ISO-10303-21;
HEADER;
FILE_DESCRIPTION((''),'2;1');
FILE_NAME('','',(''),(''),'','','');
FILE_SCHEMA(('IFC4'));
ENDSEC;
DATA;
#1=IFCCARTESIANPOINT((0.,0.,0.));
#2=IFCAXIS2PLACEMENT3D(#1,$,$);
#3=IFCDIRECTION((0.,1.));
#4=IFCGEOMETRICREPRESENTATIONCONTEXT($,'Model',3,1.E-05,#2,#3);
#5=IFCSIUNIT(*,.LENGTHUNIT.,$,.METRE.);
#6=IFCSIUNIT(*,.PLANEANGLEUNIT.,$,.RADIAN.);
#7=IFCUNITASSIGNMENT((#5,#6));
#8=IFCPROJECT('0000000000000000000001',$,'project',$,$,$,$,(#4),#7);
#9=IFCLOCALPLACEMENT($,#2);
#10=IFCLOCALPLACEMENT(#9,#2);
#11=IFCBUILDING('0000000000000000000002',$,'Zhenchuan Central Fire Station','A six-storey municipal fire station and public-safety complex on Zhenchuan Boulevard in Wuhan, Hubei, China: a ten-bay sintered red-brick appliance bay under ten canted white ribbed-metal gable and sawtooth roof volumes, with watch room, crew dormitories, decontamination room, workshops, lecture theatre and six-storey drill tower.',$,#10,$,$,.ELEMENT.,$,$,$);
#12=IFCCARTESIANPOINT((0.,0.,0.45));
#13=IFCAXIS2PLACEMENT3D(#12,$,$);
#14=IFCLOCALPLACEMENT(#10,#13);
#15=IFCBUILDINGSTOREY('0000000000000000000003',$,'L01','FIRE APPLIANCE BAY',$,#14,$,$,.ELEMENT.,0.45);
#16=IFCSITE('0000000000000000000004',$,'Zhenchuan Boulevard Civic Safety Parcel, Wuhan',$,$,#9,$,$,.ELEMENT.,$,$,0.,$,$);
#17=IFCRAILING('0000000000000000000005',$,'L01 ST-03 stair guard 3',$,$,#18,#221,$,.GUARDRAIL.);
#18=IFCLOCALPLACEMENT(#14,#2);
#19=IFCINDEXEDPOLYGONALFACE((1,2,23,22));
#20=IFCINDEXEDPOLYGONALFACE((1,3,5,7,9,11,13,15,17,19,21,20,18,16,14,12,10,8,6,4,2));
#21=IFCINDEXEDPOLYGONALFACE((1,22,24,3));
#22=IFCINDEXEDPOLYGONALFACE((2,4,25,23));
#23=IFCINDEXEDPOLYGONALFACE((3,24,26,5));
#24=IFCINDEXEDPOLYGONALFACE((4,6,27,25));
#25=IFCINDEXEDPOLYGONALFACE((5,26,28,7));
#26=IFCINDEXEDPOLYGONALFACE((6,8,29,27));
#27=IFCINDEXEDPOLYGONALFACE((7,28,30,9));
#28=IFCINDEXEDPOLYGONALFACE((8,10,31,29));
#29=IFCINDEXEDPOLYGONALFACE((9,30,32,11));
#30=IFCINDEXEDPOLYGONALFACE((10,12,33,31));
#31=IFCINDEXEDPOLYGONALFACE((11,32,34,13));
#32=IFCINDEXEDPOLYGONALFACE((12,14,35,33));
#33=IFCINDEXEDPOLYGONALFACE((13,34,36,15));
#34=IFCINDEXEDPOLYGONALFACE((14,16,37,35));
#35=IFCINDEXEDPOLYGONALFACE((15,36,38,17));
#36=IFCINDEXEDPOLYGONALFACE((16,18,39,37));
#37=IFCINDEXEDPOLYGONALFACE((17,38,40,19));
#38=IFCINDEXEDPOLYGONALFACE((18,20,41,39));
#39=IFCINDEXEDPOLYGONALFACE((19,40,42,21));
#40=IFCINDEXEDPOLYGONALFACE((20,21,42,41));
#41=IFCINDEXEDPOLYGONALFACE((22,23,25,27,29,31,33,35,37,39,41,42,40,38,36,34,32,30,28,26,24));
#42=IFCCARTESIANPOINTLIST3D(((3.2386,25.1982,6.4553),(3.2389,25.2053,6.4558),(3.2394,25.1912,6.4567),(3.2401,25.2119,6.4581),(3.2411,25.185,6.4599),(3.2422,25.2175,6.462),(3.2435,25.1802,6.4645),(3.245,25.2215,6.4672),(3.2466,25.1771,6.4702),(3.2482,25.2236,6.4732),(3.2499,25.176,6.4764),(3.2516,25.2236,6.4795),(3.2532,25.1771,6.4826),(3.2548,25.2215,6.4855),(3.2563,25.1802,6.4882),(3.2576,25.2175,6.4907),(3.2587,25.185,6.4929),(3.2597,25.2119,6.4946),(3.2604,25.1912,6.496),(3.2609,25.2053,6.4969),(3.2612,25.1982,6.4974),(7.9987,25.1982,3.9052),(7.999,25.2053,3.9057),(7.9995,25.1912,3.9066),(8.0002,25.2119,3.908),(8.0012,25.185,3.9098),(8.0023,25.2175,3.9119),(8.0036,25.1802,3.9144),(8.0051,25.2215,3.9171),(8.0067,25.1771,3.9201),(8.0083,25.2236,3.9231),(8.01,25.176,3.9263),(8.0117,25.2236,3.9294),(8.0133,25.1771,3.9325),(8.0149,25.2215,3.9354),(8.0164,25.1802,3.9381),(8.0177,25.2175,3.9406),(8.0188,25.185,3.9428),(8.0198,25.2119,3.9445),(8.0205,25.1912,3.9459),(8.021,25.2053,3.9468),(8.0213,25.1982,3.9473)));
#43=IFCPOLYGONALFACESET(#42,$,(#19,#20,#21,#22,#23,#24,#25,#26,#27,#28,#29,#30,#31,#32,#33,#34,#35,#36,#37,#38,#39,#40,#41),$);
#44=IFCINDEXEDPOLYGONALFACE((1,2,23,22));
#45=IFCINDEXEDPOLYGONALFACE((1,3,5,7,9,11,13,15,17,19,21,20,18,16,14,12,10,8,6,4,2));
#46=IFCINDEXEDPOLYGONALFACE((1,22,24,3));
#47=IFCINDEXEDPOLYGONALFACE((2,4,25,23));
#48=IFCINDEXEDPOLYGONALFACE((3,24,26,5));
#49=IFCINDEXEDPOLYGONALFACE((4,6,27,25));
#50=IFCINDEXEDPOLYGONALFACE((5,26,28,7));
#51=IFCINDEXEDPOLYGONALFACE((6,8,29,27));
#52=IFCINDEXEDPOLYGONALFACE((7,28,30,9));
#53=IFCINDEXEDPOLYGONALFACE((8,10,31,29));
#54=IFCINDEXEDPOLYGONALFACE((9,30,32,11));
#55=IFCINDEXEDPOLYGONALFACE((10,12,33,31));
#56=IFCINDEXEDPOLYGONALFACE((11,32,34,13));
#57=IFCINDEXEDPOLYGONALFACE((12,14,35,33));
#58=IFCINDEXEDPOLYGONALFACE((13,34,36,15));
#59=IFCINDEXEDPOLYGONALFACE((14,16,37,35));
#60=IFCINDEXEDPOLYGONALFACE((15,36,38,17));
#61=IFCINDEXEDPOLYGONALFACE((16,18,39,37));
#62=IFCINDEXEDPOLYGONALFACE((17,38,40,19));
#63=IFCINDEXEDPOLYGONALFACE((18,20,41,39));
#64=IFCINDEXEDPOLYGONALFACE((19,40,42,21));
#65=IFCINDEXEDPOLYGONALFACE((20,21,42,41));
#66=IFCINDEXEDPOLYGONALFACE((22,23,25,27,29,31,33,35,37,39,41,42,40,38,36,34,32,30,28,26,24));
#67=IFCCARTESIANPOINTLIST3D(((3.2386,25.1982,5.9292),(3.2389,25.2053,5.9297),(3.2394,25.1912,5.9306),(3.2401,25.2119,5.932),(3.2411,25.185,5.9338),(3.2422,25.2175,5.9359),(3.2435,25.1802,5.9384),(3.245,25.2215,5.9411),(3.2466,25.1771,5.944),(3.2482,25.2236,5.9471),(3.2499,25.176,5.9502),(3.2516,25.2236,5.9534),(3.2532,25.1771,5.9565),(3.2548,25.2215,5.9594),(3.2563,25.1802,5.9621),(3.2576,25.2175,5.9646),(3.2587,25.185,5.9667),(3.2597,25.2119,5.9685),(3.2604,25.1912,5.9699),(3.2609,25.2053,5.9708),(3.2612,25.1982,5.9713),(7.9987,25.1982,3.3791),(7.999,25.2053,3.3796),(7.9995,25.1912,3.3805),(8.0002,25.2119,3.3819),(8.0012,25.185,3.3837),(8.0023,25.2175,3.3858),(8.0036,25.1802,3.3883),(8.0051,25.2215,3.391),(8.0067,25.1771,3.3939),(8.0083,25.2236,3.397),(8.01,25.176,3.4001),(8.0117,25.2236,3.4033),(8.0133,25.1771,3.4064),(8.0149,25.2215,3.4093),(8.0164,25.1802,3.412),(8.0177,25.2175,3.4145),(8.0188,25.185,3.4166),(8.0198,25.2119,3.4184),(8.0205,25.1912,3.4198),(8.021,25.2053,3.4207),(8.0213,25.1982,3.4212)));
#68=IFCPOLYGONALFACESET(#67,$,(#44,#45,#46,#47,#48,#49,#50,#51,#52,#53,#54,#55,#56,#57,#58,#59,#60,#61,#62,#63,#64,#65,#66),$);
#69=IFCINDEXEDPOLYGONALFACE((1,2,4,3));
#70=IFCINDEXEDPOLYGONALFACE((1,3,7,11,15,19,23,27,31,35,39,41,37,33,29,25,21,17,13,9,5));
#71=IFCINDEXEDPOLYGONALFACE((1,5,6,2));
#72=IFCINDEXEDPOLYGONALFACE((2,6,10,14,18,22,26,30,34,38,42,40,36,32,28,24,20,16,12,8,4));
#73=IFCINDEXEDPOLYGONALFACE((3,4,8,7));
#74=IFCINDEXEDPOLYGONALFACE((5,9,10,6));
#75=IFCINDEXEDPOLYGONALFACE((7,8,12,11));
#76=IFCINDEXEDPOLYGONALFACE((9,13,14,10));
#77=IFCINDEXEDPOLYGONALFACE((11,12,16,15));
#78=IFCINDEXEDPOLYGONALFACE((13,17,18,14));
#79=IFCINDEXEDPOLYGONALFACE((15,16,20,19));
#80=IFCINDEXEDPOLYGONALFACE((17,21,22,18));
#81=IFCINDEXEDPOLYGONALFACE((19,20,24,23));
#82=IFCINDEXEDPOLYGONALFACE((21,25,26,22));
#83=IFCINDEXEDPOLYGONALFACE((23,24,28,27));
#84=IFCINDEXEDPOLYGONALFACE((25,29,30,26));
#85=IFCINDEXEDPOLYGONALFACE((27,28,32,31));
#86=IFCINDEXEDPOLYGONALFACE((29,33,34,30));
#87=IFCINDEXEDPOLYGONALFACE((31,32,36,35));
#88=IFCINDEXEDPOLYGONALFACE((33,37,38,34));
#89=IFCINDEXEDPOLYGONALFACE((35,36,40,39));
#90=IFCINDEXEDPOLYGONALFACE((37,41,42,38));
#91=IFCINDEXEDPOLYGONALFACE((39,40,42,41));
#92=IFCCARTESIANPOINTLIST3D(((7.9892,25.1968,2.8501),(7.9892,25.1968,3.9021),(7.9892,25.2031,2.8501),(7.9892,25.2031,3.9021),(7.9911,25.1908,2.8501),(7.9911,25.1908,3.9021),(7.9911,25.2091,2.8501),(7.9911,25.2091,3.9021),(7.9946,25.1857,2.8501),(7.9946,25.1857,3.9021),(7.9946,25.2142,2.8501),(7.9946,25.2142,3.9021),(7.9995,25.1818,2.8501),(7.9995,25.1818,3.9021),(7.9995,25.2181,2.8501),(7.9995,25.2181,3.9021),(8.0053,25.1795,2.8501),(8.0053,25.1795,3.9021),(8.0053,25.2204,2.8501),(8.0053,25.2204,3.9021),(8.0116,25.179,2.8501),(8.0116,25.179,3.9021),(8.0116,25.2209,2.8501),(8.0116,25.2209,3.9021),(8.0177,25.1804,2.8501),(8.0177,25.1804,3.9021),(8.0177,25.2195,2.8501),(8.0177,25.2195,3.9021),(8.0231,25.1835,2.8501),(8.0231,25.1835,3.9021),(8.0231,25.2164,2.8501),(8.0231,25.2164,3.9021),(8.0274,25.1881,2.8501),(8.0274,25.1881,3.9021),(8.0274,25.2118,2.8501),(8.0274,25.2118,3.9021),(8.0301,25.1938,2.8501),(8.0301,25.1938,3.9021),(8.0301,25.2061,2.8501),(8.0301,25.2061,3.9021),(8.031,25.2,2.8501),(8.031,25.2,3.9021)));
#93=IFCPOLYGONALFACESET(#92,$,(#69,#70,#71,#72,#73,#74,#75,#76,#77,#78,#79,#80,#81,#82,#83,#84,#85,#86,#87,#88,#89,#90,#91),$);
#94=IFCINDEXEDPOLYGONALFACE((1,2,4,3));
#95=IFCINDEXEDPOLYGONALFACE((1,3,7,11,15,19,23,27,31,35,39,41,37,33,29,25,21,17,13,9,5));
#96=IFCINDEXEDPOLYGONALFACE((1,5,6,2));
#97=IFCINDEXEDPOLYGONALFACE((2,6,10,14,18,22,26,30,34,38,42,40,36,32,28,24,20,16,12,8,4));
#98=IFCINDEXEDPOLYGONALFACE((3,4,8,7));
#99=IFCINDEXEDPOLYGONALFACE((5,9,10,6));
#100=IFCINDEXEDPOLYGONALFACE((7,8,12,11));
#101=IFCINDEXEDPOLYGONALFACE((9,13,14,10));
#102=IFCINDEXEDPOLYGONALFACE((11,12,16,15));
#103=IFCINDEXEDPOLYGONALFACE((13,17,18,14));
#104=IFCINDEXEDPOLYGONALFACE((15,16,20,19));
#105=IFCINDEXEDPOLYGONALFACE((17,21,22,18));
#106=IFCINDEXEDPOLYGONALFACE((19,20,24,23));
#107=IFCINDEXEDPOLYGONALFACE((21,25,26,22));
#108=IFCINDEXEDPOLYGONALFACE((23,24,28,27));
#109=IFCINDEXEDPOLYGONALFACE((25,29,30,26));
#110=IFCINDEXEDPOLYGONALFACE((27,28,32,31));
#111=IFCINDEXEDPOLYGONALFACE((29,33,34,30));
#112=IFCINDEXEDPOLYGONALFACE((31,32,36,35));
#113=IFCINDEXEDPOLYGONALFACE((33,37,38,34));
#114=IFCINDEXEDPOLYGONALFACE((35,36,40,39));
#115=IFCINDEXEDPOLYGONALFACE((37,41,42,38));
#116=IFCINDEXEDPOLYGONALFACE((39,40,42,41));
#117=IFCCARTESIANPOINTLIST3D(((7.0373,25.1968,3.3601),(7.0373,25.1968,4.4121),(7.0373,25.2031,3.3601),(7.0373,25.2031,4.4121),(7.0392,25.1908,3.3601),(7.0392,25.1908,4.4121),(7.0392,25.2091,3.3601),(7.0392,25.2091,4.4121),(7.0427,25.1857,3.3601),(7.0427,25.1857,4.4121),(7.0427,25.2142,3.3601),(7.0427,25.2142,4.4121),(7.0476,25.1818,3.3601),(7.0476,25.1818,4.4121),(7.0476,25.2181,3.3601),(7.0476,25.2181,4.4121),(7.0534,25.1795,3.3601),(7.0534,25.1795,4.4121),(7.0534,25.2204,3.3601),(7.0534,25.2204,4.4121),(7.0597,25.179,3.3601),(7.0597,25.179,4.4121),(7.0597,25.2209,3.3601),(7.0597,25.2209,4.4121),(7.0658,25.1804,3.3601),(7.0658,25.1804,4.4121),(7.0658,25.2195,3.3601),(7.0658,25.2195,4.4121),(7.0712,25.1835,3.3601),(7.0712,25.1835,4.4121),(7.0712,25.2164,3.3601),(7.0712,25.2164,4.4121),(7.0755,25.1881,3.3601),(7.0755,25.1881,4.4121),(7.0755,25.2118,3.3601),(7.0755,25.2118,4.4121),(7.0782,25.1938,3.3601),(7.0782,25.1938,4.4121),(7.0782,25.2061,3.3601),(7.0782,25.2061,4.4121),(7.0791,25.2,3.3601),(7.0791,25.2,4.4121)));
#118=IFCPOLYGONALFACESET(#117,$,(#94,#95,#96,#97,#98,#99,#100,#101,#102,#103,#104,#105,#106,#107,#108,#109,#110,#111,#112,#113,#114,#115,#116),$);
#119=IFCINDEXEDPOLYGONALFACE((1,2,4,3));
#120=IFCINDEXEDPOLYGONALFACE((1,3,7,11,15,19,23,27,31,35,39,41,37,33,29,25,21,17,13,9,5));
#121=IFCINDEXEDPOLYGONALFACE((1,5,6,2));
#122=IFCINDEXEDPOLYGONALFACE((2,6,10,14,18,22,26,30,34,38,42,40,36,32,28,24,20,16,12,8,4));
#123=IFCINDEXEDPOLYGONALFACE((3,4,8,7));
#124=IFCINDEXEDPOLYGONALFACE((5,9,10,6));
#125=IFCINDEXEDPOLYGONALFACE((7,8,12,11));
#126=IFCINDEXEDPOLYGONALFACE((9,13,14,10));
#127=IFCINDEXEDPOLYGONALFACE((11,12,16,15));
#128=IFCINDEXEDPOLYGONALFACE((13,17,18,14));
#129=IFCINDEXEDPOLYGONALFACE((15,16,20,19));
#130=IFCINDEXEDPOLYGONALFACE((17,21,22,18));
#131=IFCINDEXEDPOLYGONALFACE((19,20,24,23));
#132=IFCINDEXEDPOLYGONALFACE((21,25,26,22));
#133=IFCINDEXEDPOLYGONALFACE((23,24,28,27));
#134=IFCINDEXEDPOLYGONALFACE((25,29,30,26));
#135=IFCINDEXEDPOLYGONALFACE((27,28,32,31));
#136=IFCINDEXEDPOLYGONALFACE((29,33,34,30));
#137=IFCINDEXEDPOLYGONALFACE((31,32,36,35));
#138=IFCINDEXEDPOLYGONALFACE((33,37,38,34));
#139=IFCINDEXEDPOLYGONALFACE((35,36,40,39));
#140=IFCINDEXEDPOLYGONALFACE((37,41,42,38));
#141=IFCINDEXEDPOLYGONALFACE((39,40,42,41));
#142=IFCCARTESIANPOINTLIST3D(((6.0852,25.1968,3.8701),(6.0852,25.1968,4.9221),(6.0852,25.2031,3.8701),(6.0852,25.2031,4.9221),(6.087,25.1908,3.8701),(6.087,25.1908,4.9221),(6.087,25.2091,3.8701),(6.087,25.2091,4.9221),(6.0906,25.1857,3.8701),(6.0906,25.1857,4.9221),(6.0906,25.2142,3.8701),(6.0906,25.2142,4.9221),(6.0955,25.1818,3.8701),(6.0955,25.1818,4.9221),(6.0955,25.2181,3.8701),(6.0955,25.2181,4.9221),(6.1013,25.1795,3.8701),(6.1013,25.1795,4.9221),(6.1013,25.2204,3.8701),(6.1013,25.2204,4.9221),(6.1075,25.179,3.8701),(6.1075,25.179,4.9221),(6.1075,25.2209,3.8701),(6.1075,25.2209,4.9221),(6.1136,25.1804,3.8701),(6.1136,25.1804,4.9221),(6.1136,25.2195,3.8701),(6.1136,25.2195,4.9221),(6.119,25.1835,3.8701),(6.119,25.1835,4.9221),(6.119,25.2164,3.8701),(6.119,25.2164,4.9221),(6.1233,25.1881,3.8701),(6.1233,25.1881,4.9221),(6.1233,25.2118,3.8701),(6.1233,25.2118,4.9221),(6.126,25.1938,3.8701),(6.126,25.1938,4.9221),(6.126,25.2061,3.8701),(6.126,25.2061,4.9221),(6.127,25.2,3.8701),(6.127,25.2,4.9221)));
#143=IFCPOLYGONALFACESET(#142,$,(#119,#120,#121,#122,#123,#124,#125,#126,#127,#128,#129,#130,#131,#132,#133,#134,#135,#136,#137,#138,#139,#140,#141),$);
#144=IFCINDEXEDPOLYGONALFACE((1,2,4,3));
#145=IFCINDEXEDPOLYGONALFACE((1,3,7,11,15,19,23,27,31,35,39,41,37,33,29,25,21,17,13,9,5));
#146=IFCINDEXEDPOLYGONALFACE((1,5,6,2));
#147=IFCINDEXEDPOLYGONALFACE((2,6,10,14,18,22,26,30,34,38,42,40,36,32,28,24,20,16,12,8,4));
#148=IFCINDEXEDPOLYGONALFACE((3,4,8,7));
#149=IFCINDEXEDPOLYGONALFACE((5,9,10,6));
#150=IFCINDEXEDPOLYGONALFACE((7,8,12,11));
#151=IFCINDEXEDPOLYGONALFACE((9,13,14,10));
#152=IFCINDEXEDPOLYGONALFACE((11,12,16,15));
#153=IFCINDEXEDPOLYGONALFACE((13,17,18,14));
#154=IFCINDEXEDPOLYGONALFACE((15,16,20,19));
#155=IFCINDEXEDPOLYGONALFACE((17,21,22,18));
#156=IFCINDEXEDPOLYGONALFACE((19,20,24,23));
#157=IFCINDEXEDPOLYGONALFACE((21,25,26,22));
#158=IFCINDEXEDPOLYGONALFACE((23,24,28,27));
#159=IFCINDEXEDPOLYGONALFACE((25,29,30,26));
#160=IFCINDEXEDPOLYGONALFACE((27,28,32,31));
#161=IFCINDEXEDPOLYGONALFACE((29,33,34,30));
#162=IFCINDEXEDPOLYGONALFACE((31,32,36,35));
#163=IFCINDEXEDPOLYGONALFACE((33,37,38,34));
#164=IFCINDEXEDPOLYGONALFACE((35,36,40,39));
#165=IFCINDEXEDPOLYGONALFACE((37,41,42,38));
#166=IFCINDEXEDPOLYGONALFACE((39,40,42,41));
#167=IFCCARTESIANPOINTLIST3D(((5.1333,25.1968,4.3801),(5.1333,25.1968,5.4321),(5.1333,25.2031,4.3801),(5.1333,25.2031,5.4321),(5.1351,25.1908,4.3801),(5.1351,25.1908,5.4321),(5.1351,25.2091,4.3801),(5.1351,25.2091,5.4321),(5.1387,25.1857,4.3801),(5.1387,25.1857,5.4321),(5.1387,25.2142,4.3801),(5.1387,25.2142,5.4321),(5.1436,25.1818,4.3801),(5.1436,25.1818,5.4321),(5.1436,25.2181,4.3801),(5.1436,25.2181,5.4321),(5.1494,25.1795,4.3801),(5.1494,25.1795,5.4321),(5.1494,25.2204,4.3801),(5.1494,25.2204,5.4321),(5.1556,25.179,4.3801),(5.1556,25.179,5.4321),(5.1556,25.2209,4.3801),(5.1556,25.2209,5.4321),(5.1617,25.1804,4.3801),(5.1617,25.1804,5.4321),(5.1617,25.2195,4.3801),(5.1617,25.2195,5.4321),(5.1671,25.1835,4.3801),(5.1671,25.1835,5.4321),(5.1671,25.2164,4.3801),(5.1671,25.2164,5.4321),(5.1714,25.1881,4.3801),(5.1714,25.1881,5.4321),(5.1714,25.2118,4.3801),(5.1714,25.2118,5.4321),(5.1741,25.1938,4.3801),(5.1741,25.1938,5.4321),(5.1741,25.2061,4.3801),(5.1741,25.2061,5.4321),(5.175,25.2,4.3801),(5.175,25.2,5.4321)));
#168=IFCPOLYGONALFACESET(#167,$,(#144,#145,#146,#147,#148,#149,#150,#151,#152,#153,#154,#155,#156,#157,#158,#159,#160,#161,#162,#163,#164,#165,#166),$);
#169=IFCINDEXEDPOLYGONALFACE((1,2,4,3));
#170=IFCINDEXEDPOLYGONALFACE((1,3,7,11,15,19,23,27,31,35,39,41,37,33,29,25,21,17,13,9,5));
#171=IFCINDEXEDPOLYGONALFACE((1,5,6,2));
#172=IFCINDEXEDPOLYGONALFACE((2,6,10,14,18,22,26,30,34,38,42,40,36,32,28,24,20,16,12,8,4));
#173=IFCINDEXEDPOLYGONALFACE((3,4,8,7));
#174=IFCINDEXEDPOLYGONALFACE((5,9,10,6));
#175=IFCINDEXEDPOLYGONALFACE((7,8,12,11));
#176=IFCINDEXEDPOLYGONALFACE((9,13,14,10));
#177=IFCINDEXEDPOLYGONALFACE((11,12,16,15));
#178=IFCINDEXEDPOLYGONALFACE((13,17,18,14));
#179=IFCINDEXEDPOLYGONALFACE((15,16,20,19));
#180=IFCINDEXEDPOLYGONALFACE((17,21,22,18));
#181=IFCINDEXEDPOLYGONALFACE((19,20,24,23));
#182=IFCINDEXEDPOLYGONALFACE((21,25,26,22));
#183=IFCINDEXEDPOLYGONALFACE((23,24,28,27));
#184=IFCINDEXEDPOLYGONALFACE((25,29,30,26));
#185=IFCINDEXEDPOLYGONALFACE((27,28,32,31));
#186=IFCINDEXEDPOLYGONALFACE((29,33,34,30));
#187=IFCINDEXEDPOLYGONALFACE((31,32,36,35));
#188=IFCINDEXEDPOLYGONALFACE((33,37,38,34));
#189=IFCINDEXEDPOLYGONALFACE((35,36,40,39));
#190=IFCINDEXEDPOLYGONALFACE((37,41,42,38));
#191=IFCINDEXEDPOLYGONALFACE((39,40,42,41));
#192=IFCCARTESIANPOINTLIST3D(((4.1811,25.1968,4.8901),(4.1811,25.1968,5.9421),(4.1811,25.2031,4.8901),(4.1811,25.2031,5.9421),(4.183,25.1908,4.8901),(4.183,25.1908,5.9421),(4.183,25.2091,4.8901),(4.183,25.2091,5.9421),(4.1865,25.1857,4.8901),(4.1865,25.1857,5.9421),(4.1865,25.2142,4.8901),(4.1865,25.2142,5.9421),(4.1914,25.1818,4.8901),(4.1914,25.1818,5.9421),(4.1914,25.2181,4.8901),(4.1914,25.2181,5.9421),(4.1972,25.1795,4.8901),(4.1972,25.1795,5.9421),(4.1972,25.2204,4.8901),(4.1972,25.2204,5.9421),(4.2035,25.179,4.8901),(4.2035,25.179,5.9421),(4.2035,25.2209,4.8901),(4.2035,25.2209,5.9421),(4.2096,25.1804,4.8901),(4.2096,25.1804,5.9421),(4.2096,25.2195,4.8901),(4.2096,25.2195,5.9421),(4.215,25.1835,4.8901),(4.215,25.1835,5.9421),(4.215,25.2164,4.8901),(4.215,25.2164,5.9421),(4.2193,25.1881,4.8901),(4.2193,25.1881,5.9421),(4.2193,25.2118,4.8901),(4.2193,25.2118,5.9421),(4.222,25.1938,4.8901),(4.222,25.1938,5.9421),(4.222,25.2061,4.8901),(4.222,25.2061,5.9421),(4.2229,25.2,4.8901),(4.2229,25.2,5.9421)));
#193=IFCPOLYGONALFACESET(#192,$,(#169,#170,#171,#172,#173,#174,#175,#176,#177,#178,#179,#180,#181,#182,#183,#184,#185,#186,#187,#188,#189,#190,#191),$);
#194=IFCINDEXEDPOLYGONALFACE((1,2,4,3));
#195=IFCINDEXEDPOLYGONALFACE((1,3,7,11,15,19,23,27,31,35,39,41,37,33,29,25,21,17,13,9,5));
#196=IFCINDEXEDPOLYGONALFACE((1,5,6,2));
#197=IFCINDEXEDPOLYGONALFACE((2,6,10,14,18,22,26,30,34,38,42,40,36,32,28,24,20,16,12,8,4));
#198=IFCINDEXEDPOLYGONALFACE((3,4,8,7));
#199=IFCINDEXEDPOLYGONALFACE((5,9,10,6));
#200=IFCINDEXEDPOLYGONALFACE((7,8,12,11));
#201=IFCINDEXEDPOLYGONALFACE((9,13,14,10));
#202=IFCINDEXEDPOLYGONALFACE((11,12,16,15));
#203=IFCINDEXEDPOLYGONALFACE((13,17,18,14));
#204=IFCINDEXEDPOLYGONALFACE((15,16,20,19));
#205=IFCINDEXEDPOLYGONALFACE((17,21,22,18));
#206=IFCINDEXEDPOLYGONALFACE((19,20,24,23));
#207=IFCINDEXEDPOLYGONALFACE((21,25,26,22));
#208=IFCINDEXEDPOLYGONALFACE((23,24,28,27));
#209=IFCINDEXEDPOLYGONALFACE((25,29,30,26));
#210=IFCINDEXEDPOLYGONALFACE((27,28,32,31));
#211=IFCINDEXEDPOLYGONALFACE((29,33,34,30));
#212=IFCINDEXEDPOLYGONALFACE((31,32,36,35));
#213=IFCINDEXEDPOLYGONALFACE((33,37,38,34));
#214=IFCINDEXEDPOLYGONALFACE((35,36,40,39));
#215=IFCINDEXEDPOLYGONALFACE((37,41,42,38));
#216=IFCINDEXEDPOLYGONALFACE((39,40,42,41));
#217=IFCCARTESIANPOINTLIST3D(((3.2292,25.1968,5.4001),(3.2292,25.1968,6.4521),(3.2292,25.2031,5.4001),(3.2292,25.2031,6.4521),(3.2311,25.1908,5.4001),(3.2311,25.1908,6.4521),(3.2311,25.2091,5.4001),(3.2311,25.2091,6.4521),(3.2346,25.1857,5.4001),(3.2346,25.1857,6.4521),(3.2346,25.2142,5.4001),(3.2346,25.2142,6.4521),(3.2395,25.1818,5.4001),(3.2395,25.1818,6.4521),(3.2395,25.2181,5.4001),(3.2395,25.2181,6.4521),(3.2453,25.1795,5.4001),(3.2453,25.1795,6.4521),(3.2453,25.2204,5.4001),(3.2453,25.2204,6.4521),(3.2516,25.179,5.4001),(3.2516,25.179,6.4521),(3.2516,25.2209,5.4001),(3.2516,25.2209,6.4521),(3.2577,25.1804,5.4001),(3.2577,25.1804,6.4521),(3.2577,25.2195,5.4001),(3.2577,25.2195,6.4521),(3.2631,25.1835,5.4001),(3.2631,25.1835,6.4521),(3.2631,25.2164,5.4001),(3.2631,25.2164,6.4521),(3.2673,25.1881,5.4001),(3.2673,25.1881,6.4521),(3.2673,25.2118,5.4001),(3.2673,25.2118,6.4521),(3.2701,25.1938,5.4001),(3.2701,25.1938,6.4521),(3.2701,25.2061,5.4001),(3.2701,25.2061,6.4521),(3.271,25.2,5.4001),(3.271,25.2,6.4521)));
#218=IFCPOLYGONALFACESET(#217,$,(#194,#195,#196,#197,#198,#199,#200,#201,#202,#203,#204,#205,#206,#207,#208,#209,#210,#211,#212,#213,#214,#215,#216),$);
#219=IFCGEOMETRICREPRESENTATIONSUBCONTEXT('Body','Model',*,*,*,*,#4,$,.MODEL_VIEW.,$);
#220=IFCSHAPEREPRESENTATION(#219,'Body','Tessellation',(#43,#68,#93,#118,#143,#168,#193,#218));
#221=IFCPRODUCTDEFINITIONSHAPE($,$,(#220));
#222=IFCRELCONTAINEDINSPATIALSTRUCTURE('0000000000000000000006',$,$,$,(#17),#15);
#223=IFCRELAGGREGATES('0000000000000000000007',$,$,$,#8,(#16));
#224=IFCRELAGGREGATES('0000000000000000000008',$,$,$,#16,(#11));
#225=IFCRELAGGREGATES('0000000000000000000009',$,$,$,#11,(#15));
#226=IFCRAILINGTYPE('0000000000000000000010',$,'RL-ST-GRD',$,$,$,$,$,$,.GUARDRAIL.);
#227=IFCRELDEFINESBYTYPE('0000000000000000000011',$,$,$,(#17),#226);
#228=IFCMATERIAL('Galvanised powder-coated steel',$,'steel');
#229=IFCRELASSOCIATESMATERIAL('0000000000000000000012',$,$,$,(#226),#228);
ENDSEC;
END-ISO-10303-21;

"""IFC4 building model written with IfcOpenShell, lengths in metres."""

from ifc_helpers import new_model, si_unit, direction, frame, origin, origin_2d, place, context, subcontext, project, spatial, circle, extrude, material, type_object, element, save


model = new_model("IFC4")

# Units and contexts
model_context = context("Model", 3, precision=1e-05, world=origin(), true_north=direction((0.0, 1.0)))
body_context = subcontext(model_context, "Body", "Model", "MODEL_VIEW")
ifc_project = project(units=[si_unit("LENGTHUNIT", "METRE"), si_unit("PLANEANGLEUNIT", "RADIAN")], contexts=[model_context])

# Site, building, storey
site_placement = place(None, origin())
site = spatial("IfcSite", under=ifc_project, at=site_placement, Name="Zhenchuan Boulevard Civic Safety Parcel, Wuhan", CompositionType="ELEMENT", RefElevation=0.0)
building_placement = place(site_placement, origin())
building = spatial("IfcBuilding", under=site, at=building_placement, Name="Zhenchuan Central Fire Station", Description="A six-storey municipal fire station and public-safety complex on Zhenchuan Boulevard in Wuhan, Hubei, China: a ten-bay sintered red-brick appliance bay under ten canted white ribbed-metal gable and sawtooth roof volumes, with watch room, crew dormitories, decontamination room, workshops, lecture theatre and six-storey drill tower.", CompositionType="ELEMENT")
storey_placement = place(building_placement, frame((0.0, 0.0, 0.45)))
storey = spatial("IfcBuildingStorey", under=building, at=storey_placement, Name="L01", Description="FIRE APPLIANCE BAY", CompositionType="ELEMENT", Elevation=0.45)

# Railing
ifc_material_1 = material(Name="Galvanised powder-coated steel", Category="steel")
railing_type_1 = type_object("IfcRailingType", Name="RL-ST-GRD", PredefinedType="GUARDRAIL", material=ifc_material_1)
railing_1_placement = place(storey_placement, frame((8.01, 25.2, 2.8501)))
element("IfcRailing", 1, at=railing_1_placement, inside=storey, type_object=railing_type_1, Name="L01 ST-03 stair guard 3", PredefinedType="GUARDRAIL", context=body_context, shape_type="SweptSolid", body=[
    extrude(circle(Radius=0.0239, at=origin_2d()), frame((0.0, 0.0, 1.0762), z_axis=(-0.881477, 0.0, 0.472228), x_axis=(0.0, -1.0, 0.0)), (0.0, 0.0, 1.0), 5.4001),
    extrude(circle(Radius=0.0239, at=origin_2d()), frame((0.0, 0.0, 0.55), z_axis=(-0.881477, 0.0, 0.472228), x_axis=(0.0, -1.0, 0.0)), (0.0, 0.0, 1.0), 5.4001),
    extrude(circle(Radius=0.021, at=origin_2d()), origin(), (0.0, 0.0, 1.0), 1.052),
    extrude(circle(Radius=0.021, at=origin_2d()), frame((-0.9519, 0.0, 0.51)), (0.0, 0.0, 1.0), 1.052),
    extrude(circle(Radius=0.021, at=origin_2d()), frame((-1.9041, 0.0, 1.02)), (0.0, 0.0, 1.0), 1.052),
    extrude(circle(Radius=0.021, at=origin_2d()), frame((-2.856, 0.0, 1.53)), (0.0, 0.0, 1.0), 1.052),
    extrude(circle(Radius=0.021, at=origin_2d()), frame((-3.8081, 0.0, 2.04)), (0.0, 0.0, 1.0), 1.052),
    extrude(circle(Radius=0.021, at=origin_2d()), frame((-4.76, 0.0, 2.55)), (0.0, 0.0, 1.0), 1.052),
])

save(model, "model.ifc")
